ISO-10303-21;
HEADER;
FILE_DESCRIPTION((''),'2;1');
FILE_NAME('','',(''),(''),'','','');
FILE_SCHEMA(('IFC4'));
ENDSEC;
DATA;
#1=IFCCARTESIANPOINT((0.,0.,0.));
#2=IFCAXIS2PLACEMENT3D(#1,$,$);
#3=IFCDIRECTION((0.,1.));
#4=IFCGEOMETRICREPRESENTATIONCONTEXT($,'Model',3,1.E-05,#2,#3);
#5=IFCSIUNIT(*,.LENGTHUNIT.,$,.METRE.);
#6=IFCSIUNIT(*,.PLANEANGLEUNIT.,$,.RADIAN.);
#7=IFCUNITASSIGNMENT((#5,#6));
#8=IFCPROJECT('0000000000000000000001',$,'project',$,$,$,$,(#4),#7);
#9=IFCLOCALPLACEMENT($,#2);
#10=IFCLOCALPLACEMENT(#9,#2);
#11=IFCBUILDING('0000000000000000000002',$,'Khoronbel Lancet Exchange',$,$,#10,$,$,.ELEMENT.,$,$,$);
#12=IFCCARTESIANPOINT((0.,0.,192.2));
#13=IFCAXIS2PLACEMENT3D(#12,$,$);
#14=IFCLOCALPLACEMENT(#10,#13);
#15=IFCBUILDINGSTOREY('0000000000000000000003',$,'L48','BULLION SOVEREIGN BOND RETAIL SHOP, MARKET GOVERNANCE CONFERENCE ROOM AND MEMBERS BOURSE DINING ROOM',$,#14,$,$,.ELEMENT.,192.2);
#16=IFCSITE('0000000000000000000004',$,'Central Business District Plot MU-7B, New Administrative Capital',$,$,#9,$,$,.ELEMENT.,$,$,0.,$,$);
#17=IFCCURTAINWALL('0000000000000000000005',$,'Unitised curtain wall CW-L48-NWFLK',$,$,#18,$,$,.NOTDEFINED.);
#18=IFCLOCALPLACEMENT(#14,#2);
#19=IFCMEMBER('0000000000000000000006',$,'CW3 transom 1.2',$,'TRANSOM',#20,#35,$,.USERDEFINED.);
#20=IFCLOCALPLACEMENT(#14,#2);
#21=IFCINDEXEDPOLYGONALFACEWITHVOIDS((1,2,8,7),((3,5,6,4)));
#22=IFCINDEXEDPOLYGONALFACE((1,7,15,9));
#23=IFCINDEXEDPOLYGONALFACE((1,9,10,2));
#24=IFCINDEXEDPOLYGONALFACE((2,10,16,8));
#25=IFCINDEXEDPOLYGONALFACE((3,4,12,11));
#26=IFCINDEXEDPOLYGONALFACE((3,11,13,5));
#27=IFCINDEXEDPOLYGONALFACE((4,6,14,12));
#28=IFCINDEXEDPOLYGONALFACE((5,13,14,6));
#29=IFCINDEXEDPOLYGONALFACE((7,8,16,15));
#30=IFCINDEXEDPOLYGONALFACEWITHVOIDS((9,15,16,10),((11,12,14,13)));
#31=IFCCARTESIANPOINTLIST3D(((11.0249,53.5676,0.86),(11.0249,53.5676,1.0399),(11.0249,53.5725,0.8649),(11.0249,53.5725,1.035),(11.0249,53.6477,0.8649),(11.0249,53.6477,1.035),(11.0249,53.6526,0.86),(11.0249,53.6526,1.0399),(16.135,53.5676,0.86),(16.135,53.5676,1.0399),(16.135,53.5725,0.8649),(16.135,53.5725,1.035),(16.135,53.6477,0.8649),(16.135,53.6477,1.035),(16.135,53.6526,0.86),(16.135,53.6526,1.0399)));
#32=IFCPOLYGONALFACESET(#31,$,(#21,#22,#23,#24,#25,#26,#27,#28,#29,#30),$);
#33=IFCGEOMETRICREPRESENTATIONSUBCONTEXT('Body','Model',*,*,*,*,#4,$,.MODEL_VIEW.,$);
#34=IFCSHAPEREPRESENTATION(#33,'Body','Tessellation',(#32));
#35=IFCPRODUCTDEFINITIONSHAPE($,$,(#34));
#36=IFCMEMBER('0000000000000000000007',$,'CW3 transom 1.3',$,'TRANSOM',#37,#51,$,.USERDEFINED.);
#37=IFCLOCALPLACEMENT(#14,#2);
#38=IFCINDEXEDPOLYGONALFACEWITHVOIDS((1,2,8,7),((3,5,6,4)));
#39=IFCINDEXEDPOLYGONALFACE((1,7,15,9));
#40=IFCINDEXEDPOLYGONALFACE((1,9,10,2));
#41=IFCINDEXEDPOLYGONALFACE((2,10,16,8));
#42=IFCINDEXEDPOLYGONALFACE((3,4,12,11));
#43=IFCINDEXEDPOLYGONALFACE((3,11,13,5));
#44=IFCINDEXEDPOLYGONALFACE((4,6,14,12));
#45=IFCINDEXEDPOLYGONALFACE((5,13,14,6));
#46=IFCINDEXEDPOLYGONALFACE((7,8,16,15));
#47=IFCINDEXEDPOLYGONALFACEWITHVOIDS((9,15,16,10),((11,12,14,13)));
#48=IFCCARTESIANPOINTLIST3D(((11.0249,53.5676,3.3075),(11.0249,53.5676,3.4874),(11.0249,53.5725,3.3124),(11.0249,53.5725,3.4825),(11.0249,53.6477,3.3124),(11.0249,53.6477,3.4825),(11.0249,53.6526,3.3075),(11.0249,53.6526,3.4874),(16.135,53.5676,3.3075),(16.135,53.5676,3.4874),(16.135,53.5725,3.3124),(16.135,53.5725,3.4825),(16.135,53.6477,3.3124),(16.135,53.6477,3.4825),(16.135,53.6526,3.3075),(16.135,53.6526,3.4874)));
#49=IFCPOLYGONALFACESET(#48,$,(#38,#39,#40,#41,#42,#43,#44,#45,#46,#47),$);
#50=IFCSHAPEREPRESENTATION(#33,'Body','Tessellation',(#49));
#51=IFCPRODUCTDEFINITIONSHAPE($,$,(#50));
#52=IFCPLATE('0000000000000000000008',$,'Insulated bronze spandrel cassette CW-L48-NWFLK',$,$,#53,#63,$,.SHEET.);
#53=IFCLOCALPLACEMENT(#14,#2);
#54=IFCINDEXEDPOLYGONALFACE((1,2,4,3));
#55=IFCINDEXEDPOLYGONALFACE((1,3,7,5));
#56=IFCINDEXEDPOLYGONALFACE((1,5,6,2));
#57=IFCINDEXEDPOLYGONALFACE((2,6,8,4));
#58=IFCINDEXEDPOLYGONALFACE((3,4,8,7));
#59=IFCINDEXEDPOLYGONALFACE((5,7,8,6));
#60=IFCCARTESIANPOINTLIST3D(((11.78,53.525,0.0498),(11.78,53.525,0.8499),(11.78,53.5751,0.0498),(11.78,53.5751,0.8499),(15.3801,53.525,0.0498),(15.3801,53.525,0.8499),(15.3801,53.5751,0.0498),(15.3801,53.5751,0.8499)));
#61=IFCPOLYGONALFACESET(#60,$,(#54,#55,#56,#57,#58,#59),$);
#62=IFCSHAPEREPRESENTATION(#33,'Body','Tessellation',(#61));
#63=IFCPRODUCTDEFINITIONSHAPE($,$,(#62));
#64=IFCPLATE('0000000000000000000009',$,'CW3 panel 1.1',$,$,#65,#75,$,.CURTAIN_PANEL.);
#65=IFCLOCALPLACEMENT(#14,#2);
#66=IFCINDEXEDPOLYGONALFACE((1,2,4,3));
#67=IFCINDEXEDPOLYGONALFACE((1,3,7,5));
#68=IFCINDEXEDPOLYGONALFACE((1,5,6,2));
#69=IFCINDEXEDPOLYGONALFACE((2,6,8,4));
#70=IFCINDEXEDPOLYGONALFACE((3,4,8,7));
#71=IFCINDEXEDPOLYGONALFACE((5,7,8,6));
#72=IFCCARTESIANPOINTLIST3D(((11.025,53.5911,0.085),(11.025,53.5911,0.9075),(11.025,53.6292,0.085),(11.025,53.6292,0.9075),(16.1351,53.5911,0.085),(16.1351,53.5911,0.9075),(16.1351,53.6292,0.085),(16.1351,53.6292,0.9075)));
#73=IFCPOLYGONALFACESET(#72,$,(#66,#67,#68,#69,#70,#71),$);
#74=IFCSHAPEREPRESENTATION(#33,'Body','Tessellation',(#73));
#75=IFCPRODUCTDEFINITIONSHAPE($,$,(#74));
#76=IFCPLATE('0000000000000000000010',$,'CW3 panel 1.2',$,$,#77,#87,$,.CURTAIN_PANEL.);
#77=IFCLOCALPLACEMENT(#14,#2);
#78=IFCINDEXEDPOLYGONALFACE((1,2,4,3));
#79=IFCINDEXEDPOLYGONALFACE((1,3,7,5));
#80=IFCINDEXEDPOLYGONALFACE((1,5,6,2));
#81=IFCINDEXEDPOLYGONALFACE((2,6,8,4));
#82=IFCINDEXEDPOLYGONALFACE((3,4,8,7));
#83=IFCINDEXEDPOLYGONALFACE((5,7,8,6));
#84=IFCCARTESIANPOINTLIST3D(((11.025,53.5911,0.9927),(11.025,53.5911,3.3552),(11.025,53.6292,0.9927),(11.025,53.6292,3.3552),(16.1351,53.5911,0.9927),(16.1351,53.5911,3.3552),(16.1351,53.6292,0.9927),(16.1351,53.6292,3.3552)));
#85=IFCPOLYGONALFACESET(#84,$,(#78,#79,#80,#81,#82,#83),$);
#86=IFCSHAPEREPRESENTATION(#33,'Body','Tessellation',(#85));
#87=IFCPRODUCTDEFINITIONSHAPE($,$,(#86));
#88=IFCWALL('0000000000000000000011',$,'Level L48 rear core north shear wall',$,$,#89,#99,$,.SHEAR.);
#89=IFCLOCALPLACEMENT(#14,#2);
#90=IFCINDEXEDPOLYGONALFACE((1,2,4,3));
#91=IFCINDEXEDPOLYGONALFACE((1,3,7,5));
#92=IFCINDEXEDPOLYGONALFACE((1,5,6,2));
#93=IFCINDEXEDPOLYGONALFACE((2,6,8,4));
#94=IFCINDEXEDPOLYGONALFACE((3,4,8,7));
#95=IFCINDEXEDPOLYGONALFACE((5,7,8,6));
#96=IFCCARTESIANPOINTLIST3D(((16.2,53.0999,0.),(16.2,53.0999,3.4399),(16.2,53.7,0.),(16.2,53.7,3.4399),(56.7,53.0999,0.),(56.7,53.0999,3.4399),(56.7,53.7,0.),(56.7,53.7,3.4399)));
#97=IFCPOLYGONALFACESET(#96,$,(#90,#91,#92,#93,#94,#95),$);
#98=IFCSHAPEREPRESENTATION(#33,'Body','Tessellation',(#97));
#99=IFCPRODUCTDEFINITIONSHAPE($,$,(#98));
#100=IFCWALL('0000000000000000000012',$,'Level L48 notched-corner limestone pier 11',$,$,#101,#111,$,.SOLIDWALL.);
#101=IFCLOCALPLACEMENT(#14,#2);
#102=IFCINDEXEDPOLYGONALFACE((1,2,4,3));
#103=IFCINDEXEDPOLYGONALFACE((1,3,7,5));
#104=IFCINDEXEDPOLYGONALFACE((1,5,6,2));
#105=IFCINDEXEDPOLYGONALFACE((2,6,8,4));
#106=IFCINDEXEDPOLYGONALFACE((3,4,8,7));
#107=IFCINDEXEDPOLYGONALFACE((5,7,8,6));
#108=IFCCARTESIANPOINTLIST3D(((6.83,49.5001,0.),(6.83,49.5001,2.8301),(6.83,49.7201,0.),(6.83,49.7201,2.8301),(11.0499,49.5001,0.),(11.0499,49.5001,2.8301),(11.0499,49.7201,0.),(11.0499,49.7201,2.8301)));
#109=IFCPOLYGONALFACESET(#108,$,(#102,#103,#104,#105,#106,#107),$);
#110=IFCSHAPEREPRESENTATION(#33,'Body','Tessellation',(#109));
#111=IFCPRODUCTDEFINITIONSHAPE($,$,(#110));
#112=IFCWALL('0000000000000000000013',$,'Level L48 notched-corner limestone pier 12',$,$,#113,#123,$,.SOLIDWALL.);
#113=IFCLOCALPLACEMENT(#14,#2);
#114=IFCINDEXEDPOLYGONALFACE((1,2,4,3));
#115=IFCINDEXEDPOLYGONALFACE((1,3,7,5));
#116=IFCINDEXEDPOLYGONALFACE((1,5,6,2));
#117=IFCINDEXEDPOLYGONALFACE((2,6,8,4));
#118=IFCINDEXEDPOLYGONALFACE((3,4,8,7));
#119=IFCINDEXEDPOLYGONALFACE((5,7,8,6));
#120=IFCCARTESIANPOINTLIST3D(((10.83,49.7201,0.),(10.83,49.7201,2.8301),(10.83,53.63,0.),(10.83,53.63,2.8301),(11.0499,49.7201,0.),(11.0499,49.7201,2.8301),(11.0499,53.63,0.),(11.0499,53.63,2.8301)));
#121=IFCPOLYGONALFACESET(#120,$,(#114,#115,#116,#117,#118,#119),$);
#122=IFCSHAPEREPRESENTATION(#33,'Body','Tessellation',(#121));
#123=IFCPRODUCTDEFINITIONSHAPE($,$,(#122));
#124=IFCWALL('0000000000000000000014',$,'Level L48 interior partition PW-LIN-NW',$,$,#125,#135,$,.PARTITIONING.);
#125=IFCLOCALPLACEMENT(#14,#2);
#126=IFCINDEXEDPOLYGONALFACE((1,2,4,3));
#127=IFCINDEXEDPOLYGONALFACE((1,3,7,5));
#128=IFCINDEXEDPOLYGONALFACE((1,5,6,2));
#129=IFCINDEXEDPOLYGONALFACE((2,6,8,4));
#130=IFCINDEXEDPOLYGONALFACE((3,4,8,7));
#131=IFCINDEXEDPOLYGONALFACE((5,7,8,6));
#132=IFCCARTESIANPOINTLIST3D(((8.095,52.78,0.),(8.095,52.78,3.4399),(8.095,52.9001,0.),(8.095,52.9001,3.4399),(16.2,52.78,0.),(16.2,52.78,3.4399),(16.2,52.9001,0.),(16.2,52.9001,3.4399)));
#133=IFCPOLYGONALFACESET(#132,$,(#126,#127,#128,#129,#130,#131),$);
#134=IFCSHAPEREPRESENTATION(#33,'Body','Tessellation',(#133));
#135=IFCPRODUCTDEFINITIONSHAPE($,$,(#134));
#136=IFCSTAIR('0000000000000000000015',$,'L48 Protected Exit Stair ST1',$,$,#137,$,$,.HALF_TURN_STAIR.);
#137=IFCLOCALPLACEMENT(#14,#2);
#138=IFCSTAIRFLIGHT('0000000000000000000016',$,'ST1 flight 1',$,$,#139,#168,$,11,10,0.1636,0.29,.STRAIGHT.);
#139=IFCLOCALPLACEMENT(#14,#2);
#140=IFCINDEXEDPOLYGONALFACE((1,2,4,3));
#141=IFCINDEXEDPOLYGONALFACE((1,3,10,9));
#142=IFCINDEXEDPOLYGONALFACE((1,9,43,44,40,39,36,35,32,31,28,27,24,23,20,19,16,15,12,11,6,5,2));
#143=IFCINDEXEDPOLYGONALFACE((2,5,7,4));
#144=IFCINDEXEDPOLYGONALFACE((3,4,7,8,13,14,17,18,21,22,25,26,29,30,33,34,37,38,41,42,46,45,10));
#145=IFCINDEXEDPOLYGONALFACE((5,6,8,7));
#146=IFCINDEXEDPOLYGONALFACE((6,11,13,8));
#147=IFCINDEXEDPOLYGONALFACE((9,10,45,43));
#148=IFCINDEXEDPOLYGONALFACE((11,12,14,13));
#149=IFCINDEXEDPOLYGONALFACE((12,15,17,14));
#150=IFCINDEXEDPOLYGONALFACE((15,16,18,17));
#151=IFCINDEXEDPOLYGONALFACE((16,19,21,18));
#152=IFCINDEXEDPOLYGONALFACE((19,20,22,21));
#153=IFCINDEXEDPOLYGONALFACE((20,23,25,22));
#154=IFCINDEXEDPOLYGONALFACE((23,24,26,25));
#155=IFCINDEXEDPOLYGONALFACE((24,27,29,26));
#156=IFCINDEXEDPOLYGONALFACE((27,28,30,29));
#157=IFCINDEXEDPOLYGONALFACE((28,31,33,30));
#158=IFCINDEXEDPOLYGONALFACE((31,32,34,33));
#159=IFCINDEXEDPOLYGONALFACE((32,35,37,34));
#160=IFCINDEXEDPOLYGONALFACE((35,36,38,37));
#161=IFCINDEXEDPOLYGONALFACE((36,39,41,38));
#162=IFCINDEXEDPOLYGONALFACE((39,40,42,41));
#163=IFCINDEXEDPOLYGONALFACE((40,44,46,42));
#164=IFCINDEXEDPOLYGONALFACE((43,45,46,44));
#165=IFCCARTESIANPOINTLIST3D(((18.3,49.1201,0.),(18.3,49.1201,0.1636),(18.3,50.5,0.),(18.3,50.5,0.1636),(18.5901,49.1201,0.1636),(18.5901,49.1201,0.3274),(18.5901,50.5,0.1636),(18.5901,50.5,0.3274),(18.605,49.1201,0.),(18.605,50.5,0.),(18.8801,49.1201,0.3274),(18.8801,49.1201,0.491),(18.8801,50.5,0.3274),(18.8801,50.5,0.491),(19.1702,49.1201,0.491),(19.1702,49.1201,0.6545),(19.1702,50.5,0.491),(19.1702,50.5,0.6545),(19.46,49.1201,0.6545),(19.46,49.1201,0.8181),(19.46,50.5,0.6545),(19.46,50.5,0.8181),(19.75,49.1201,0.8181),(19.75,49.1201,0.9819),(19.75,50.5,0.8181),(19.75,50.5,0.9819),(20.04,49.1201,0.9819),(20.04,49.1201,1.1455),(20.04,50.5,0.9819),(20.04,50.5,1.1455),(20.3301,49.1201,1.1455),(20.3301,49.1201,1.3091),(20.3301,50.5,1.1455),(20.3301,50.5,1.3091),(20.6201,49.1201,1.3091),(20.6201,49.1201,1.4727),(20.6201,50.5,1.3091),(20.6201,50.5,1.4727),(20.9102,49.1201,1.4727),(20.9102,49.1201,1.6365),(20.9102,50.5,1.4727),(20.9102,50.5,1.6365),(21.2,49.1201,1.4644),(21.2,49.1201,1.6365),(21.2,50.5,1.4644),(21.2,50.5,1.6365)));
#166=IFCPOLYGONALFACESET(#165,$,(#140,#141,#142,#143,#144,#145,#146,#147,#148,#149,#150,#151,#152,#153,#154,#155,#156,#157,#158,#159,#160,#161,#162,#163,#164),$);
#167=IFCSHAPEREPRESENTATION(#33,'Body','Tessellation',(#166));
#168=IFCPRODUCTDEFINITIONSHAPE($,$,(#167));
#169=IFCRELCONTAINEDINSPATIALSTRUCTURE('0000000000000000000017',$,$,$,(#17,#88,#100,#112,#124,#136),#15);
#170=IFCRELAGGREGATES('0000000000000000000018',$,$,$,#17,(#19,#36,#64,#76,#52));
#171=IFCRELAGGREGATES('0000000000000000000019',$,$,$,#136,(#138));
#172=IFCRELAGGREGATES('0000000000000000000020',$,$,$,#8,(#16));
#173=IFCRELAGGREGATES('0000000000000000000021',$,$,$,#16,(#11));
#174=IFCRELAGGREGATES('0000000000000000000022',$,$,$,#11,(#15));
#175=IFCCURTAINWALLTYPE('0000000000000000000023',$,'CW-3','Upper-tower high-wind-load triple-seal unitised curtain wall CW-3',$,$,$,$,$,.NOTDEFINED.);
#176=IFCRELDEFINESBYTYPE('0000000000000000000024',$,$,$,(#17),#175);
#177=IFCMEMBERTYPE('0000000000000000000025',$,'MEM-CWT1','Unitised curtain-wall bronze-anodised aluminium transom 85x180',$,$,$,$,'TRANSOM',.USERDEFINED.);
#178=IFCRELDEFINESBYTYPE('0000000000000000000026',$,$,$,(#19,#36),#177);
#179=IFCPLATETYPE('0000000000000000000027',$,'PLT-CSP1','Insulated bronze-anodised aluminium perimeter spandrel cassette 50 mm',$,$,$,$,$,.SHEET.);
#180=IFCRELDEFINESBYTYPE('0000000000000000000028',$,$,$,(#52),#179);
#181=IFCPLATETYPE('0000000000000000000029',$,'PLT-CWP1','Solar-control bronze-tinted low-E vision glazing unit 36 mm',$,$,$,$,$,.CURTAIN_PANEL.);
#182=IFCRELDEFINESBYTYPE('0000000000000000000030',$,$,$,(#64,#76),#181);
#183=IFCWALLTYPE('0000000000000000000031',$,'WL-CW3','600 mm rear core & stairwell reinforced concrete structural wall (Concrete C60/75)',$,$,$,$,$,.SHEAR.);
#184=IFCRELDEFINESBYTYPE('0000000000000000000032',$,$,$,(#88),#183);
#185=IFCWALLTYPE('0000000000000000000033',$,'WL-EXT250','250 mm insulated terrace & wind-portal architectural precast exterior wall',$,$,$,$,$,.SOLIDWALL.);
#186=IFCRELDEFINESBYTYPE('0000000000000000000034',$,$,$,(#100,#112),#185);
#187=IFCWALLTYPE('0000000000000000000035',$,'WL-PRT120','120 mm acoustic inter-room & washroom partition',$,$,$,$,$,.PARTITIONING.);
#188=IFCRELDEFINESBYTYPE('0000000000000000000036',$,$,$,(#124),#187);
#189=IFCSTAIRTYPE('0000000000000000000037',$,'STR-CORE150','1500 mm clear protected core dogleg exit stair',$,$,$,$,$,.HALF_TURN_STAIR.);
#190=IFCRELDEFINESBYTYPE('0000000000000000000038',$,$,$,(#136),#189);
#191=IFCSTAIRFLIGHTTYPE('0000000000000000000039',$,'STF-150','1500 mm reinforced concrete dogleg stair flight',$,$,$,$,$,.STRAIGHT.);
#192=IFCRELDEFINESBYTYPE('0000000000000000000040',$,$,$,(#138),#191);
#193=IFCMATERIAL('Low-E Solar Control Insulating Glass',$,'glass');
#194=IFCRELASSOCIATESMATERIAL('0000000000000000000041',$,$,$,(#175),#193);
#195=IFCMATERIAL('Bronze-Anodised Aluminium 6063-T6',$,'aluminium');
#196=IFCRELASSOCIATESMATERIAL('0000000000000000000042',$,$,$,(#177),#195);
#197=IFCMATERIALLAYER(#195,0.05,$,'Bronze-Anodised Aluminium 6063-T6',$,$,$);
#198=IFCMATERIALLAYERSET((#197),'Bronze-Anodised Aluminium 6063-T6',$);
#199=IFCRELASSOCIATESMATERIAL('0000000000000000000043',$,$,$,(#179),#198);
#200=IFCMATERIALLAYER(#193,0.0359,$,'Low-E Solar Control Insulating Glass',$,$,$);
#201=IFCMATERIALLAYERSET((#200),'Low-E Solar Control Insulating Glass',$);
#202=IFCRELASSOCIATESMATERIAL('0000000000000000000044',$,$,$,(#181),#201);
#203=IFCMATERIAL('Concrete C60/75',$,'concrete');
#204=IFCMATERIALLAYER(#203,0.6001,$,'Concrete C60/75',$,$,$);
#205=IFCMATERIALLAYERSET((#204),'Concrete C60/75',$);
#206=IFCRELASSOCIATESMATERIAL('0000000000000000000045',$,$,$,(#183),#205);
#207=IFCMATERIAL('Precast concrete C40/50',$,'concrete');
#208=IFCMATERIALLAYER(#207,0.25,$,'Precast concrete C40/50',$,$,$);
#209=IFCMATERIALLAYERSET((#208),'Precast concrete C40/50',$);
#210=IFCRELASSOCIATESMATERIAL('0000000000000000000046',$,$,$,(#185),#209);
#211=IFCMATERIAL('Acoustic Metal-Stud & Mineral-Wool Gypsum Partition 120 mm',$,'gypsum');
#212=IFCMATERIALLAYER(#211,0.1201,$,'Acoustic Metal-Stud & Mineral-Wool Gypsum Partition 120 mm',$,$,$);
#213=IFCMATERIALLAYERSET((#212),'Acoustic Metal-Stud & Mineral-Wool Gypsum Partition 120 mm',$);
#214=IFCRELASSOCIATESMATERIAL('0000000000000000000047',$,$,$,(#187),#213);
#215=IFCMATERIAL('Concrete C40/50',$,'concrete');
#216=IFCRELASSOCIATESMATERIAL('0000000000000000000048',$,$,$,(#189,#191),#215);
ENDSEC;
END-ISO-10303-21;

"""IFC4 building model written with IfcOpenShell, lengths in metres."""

from ifc_helpers import new_model, si_unit, direction, frame, frame_2d, origin, origin_2d, place, context, subcontext, project, spatial, polyline, rectangle, hollow_rectangle, outline, extrude, material, layer, layer_set, material_profile, profile_set, type_object, element, aggregate, save


model = new_model("IFC4")

# Units and contexts
model_context = context("Model", 3, precision=1e-05, world=origin(), true_north=direction((0.0, 1.0)))
body_context = subcontext(model_context, "Body", "Model", "MODEL_VIEW")
ifc_project = project(units=[si_unit("LENGTHUNIT", "METRE"), si_unit("PLANEANGLEUNIT", "RADIAN")], contexts=[model_context])

# Site, building, storey
site_placement = place(None, origin())
site = spatial("IfcSite", under=ifc_project, at=site_placement, Name="Central Business District Plot MU-7B, New Administrative Capital", CompositionType="ELEMENT", RefElevation=0.0)
building_placement = place(site_placement, origin())
building = spatial("IfcBuilding", under=site, at=building_placement, Name="Khoronbel Lancet Exchange", CompositionType="ELEMENT")
storey_placement = place(building_placement, frame((0.0, 0.0, 192.2)))
storey = spatial("IfcBuildingStorey", under=building, at=storey_placement, Name="L48", Description="BULLION SOVEREIGN BOND RETAIL SHOP, MARKET GOVERNANCE CONFERENCE ROOM AND MEMBERS BOURSE DINING ROOM", CompositionType="ELEMENT", Elevation=192.2)

# Curtain wall, members, plates
ifc_material_1 = material(Name="Low-E Solar Control Insulating Glass", Category="glass")
curtain_wall_type = type_object("IfcCurtainWallType", Name="CW-3", Description="Upper-tower high-wind-load triple-seal unitised curtain wall CW-3", PredefinedType="NOTDEFINED", material=ifc_material_1)
curtain_wall_placement = place(storey_placement, origin())
curtain_wall = element("IfcCurtainWall", 1, at=curtain_wall_placement, inside=storey, type_object=curtain_wall_type, Name="Unitised curtain wall CW-L48-NWFLK", PredefinedType="NOTDEFINED")
ifc_material_2 = material(Name="Bronze-Anodised Aluminium 6063-T6", Category="aluminium")
ifc_material_profile_1 = material_profile(ifc_material_2, hollow_rectangle(XDim=0.085, YDim=0.1799, WallThickness=0.0049, at=origin_2d()), Name="ALU TRANSOM 85x180")
ifc_profile_set_1 = profile_set([ifc_material_profile_1], Name="Bronze-Anodised Aluminium 6063-T6")
member_type_1 = type_object("IfcMemberType", Name="MEM-CWT1", Description="Unitised curtain-wall bronze-anodised aluminium transom 85x180", ElementType="TRANSOM", PredefinedType="USERDEFINED", material=ifc_profile_set_1)
member_1_placement = place(storey_placement, frame((16.135, 53.6101, 0.95), z_axis=(-1.0, 0.0, 0.0), x_axis=(0.0, -1.0, 0.0)))
member_1 = element("IfcMember", 2, at=member_1_placement, type_object=member_type_1, Name="CW3 transom 1.2", ObjectType="TRANSOM", PredefinedType="USERDEFINED", context=body_context, shape_type="SweptSolid", body=[
    extrude(hollow_rectangle(XDim=0.085, YDim=0.1799, WallThickness=0.0049, at=origin_2d()), origin(), (0.0, 0.0, 1.0), 5.1101),
])
member_2_placement = place(storey_placement, frame((16.135, 53.6101, 3.3975), z_axis=(-1.0, 0.0, 0.0), x_axis=(0.0, -1.0, 0.0)))
member_2 = element("IfcMember", 3, at=member_2_placement, type_object=member_type_1, Name="CW3 transom 1.3", ObjectType="TRANSOM", PredefinedType="USERDEFINED", context=body_context, shape_type="SweptSolid", body=[
    extrude(hollow_rectangle(XDim=0.085, YDim=0.1799, WallThickness=0.0049, at=origin_2d()), origin(), (0.0, 0.0, 1.0), 5.1101),
])
ifc_layer_1 = layer(ifc_material_2, 0.05, Name="Bronze-Anodised Aluminium 6063-T6")
ifc_layer_set_1 = layer_set([ifc_layer_1], Name="Bronze-Anodised Aluminium 6063-T6")
plate_type_1 = type_object("IfcPlateType", Name="PLT-CSP1", Description="Insulated bronze-anodised aluminium perimeter spandrel cassette 50 mm", PredefinedType="SHEET", material=ifc_layer_set_1)
plate_1_placement = place(storey_placement, frame((13.5801, 53.55, 0.0498), z_axis=(0.0, 0.0, 1.0), x_axis=(-1.0, 0.0, 0.0)))
plate_1 = element("IfcPlate", 4, at=plate_1_placement, type_object=plate_type_1, Name="Insulated bronze spandrel cassette CW-L48-NWFLK", PredefinedType="SHEET", context=body_context, shape_type="SweptSolid", body=[
    extrude(rectangle(XDim=3.6001, YDim=0.05, at=origin_2d()), origin(), (0.0, 0.0, 1.0), 0.8),
])
ifc_layer_2 = layer(ifc_material_1, 0.0359, Name="Low-E Solar Control Insulating Glass")
ifc_layer_set_2 = layer_set([ifc_layer_2], Name="Low-E Solar Control Insulating Glass")
plate_type_2 = type_object("IfcPlateType", Name="PLT-CWP1", Description="Solar-control bronze-tinted low-E vision glazing unit 36 mm", PredefinedType="CURTAIN_PANEL", material=ifc_layer_set_2)
plate_2_placement = place(storey_placement, frame((13.5801, 53.6101, 0.085), z_axis=(0.0, 0.0, 1.0), x_axis=(-1.0, 0.0, 0.0)))
plate_2 = element("IfcPlate", 5, at=plate_2_placement, type_object=plate_type_2, Name="CW3 panel 1.1", PredefinedType="CURTAIN_PANEL", context=body_context, shape_type="SweptSolid", body=[
    extrude(rectangle(XDim=5.1101, YDim=0.0381, at=origin_2d()), origin(), (0.0, 0.0, 1.0), 0.8225),
])
plate_3_placement = place(storey_placement, frame((13.5801, 53.6101, 0.9927), z_axis=(0.0, 0.0, 1.0), x_axis=(-1.0, 0.0, 0.0)))
plate_3 = element("IfcPlate", 6, at=plate_3_placement, type_object=plate_type_2, Name="CW3 panel 1.2", PredefinedType="CURTAIN_PANEL", context=body_context, shape_type="SweptSolid", body=[
    extrude(rectangle(XDim=5.1101, YDim=0.0381, at=origin_2d()), origin(), (0.0, 0.0, 1.0), 2.3625),
])
aggregate(curtain_wall, [member_1, member_2, plate_2, plate_3, plate_1])

# Walls
ifc_material_3 = material(Name="Concrete C60/75", Category="concrete")
ifc_layer_3 = layer(ifc_material_3, 0.6001, Name="Concrete C60/75")
ifc_layer_set_3 = layer_set([ifc_layer_3], Name="Concrete C60/75")
wall_type_1 = type_object("IfcWallType", Name="WL-CW3", Description="600 mm rear core & stairwell reinforced concrete structural wall (Concrete C60/75)", PredefinedType="SHEAR", material=ifc_layer_set_3)
wall_1_placement = place(storey_placement, frame((16.2, 53.3999, 0.0), z_axis=(0.0, 0.0, 1.0), x_axis=(1.0, 0.0, 0.0)))
element("IfcWall", 7, at=wall_1_placement, inside=storey, type_object=wall_type_1, Name="Level L48 rear core north shear wall", PredefinedType="SHEAR", context=body_context, shape_type="SweptSolid", body=[
    extrude(rectangle(XDim=40.5, YDim=0.6001, at=frame_2d((20.25, 0.0))), origin(), (0.0, 0.0, 1.0), 3.4399),
])
ifc_material_4 = material(Name="Precast concrete C40/50", Category="concrete")
ifc_layer_4 = layer(ifc_material_4, 0.25, Name="Precast concrete C40/50")
ifc_layer_set_4 = layer_set([ifc_layer_4], Name="Precast concrete C40/50")
wall_type_2 = type_object("IfcWallType", Name="WL-EXT250", Description="250 mm insulated terrace & wind-portal architectural precast exterior wall", PredefinedType="SOLIDWALL", material=ifc_layer_set_4)
wall_2_placement = place(storey_placement, frame((6.8301, 49.6101, 0.0), z_axis=(0.0, 0.0, 1.0), x_axis=(1.0, 0.0, 0.0)))
element("IfcWall", 8, at=wall_2_placement, inside=storey, type_object=wall_type_2, Name="Level L48 notched-corner limestone pier 11", PredefinedType="SOLIDWALL", context=body_context, shape_type="SweptSolid", body=[
    extrude(rectangle(XDim=4.22, YDim=0.22, at=frame_2d((2.1099, 0.0))), origin(), (0.0, 0.0, 1.0), 2.8301),
])
wall_3_placement = place(storey_placement, frame((10.9399, 49.72, 0.0), z_axis=(0.0, 0.0, 1.0), x_axis=(0.0, 1.0, 0.0)))
element("IfcWall", 9, at=wall_3_placement, inside=storey, type_object=wall_type_2, Name="Level L48 notched-corner limestone pier 12", PredefinedType="SOLIDWALL", context=body_context, shape_type="SweptSolid", body=[
    extrude(rectangle(XDim=3.9099, YDim=0.22, at=frame_2d((1.9551, 0.0))), origin(), (0.0, 0.0, 1.0), 2.8301),
])
ifc_material_5 = material(Name="Acoustic Metal-Stud & Mineral-Wool Gypsum Partition 120 mm", Category="gypsum")
ifc_layer_5 = layer(ifc_material_5, 0.1201, Name="Acoustic Metal-Stud & Mineral-Wool Gypsum Partition 120 mm")
ifc_layer_set_5 = layer_set([ifc_layer_5], Name="Acoustic Metal-Stud & Mineral-Wool Gypsum Partition 120 mm")
wall_type_3 = type_object("IfcWallType", Name="WL-PRT120", Description="120 mm acoustic inter-room & washroom partition", PredefinedType="PARTITIONING", material=ifc_layer_set_5)
wall_4_placement = place(storey_placement, frame((8.095, 52.8401, 0.0), z_axis=(0.0, 0.0, 1.0), x_axis=(1.0, 0.0, 0.0)))
element("IfcWall", 10, at=wall_4_placement, inside=storey, type_object=wall_type_3, Name="Level L48 interior partition PW-LIN-NW", PredefinedType="PARTITIONING", context=body_context, shape_type="SweptSolid", body=[
    extrude(rectangle(XDim=8.105, YDim=0.1201, at=frame_2d((4.0525, 0.0))), origin(), (0.0, 0.0, 1.0), 3.4399),
])

# Stair, stair flight
ifc_material_6 = material(Name="Concrete C40/50", Category="concrete")
stair_type = type_object("IfcStairType", Name="STR-CORE150", Description="1500 mm clear protected core dogleg exit stair", PredefinedType="HALF_TURN_STAIR", material=ifc_material_6)
stair_placement = place(storey_placement, origin())
stair = element("IfcStair", 11, at=stair_placement, inside=storey, type_object=stair_type, Name="L48 Protected Exit Stair ST1", PredefinedType="HALF_TURN_STAIR")
stair_flight_type = type_object("IfcStairFlightType", Name="STF-150", Description="1500 mm reinforced concrete dogleg stair flight", PredefinedType="STRAIGHT", material=ifc_material_6)
stair_flight_placement = place(storey_placement, frame((18.3, 49.8101, 0.0), z_axis=(0.0, 0.0, 1.0), x_axis=(1.0, 0.0, 0.0)))
stair_flight = element("IfcStairFlight", 12, at=stair_flight_placement, type_object=stair_flight_type, Name="ST1 flight 1", NumberOfRisers=11, NumberOfTreads=10, PredefinedType="STRAIGHT", RiserHeight=0.1636, TreadLength=0.29, context=body_context, shape_type="SweptSolid", body=[
    extrude(outline(polyline([(0.0, 0.0), (0.0, 0.1636), (0.29, 0.1636), (0.29, 0.3274), (0.5801, 0.3274), (0.5801, 0.491), (0.8701, 0.491), (0.8701, 0.6545), (1.1599, 0.6545), (1.1599, 0.8181), (1.45, 0.8181), (1.45, 0.9819), (1.74, 0.9819), (1.74, 1.1455), (2.03, 1.1455), (2.03, 1.3091), (2.3201, 1.3091), (2.3201, 1.4727), (2.6101, 1.4727), (2.6101, 1.6365), (2.8999, 1.6365), (2.8999, 1.8), (2.8999, 1.4644), (0.3049, 0.0), (0.0, 0.0)])), frame((0.0, 0.6899, 0.0), z_axis=(0.0, -1.0, 0.0), x_axis=(1.0, 0.0, 0.0)), (0.0, 0.0, 1.0), 1.3799),
])
aggregate(stair, [stair_flight])

save(model, "model.ifc")
